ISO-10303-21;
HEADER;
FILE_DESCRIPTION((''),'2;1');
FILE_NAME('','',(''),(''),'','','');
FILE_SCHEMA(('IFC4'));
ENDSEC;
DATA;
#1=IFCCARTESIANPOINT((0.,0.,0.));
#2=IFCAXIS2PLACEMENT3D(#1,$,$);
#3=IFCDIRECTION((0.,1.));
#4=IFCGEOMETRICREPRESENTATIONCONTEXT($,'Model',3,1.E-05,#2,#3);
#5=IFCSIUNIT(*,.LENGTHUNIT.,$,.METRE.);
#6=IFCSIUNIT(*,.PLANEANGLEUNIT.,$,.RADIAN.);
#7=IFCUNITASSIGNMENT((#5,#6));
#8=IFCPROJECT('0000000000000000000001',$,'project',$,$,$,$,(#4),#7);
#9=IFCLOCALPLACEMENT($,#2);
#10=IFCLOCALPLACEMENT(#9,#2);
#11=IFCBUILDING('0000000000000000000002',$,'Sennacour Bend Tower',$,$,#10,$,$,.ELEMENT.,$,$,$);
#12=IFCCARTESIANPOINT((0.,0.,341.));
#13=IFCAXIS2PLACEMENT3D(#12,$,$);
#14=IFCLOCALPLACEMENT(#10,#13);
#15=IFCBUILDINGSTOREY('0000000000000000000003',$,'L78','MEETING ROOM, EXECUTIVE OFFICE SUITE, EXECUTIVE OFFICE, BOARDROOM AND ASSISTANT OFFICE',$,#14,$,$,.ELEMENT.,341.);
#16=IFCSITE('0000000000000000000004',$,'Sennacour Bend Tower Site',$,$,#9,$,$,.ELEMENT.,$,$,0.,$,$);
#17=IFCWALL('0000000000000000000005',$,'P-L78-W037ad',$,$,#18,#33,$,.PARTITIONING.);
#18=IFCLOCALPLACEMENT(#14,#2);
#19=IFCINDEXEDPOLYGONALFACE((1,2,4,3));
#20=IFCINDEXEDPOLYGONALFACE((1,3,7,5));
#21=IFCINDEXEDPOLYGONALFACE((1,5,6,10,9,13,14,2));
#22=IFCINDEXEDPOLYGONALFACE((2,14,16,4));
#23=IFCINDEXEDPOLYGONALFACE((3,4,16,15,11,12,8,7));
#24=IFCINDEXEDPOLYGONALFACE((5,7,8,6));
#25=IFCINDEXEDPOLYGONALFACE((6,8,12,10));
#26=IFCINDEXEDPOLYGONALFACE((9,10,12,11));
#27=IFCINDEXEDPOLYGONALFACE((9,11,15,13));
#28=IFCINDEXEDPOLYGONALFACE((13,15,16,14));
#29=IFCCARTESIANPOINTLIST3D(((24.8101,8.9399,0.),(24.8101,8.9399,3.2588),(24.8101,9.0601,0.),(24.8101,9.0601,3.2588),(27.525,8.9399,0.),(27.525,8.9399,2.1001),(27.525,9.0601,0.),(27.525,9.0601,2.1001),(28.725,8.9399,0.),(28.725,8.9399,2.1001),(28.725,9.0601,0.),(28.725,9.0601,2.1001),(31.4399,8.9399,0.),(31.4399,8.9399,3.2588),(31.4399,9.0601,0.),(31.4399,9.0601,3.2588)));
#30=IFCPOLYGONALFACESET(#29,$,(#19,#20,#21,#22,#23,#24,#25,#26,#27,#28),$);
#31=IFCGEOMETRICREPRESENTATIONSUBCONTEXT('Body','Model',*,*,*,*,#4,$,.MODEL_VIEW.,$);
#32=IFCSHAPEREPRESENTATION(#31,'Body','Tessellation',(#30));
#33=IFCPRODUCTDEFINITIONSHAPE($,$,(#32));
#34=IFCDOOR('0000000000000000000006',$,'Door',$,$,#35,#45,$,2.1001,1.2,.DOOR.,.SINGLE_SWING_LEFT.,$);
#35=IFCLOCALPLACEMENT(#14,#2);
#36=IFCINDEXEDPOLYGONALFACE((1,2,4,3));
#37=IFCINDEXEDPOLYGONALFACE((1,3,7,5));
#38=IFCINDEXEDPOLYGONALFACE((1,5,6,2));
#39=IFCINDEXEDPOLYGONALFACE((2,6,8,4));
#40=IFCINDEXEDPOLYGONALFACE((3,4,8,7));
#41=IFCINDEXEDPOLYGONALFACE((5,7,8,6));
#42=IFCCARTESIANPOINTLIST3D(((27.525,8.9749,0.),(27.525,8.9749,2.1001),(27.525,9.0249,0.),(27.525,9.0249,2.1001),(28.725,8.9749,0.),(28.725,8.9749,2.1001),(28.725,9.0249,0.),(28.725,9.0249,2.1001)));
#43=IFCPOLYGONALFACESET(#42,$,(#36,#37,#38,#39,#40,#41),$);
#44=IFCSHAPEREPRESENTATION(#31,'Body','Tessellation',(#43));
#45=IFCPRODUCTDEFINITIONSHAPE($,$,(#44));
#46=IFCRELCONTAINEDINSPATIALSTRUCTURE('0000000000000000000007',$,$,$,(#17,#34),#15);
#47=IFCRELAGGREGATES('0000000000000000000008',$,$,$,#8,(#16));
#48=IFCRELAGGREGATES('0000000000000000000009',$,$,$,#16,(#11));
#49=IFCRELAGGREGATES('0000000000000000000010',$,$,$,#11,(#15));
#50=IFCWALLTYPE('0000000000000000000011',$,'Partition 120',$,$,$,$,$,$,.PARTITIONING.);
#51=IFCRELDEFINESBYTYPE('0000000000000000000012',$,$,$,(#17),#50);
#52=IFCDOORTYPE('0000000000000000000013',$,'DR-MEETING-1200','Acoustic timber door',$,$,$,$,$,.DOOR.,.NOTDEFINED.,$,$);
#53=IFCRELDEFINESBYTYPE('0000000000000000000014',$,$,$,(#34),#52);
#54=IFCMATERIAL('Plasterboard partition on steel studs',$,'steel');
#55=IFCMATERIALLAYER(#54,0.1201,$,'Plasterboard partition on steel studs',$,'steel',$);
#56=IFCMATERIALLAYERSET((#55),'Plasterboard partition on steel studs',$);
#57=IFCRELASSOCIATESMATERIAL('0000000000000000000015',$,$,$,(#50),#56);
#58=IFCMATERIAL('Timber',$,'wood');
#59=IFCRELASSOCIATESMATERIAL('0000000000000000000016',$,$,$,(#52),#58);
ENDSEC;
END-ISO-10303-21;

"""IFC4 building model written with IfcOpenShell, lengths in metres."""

from ifc_helpers import new_model, si_unit, direction, frame, frame_2d, origin, place, context, subcontext, project, spatial, rectangle, extrude, material, layer, layer_set, type_object, element, fill, save


model = new_model("IFC4")

# Units and contexts
model_context = context("Model", 3, precision=1e-05, world=origin(), true_north=direction((0.0, 1.0)))
body_context = subcontext(model_context, "Body", "Model", "MODEL_VIEW")
ifc_project = project(units=[si_unit("LENGTHUNIT", "METRE"), si_unit("PLANEANGLEUNIT", "RADIAN")], contexts=[model_context])

# Site, building, storey
site_placement = place(None, origin())
site = spatial("IfcSite", under=ifc_project, at=site_placement, Name="Sennacour Bend Tower Site", CompositionType="ELEMENT", RefElevation=0.0)
building_placement = place(site_placement, origin())
building = spatial("IfcBuilding", under=site, at=building_placement, Name="Sennacour Bend Tower", CompositionType="ELEMENT")
storey_placement = place(building_placement, frame((0.0, 0.0, 341.0)))
storey = spatial("IfcBuildingStorey", under=building, at=storey_placement, Name="L78", Description="MEETING ROOM, EXECUTIVE OFFICE SUITE, EXECUTIVE OFFICE, BOARDROOM AND ASSISTANT OFFICE", CompositionType="ELEMENT", Elevation=341.0)

# Shared definitions
ifc_material_1 = material(Name="Plasterboard partition on steel studs", Category="steel")
ifc_layer = layer(ifc_material_1, 0.1201, Name="Plasterboard partition on steel studs", Category="steel")
ifc_layer_set = layer_set([ifc_layer], Name="Plasterboard partition on steel studs")
wall_type = type_object("IfcWallType", Name="Partition 120", PredefinedType="PARTITIONING", material=ifc_layer_set)

# Wall, opening, door
ifc_material_2 = material(Name="Timber", Category="wood")
wall_1_placement = place(storey_placement, frame((24.8101, 9.0, 0.0), z_axis=(0.0, 0.0, 1.0), x_axis=(1.0, 0.0, 0.0)))
wall_1 = element("IfcWall", 1, at=wall_1_placement, inside=storey, type_object=wall_type, Name="P-L78-W037ad", PredefinedType="PARTITIONING", context=body_context, shape_type="SweptSolid", body=[
    extrude(rectangle(XDim=6.6299, YDim=0.1201, at=frame_2d((3.3149, 0.0))), origin(), (0.0, 0.0, 1.0), 3.2588),
])
opening_1_placement = place(wall_1_placement, frame((2.7148, 0.0, 0.0)))
opening_1 = element("IfcOpeningElement", 2, at=opening_1_placement, cuts=wall_1, PredefinedType="OPENING", context=body_context, shape_type="SweptSolid", body=[
    extrude(rectangle(XDim=1.2, YDim=2.1001, at=frame_2d((0.6001, 1.05))), frame((0.0, 0.0701, 0.0), z_axis=(0.0, -1.0, 0.0), x_axis=(1.0, 0.0, 0.0)), (0.0, 0.0, 1.0), 0.1401),
])
door_type_1 = type_object("IfcDoorType", Name="DR-MEETING-1200", Description="Acoustic timber door", OperationType="NOTDEFINED", PredefinedType="DOOR", material=ifc_material_2)
door_1_placement = place(opening_1_placement, origin())
door_1 = element("IfcDoor", 3, at=door_1_placement, inside=storey, type_object=door_type_1, Name="Door", OperationType="SINGLE_SWING_LEFT", OverallHeight=2.1001, OverallWidth=1.2, PredefinedType="DOOR", context=body_context, shape_type="SweptSolid", body=[
    extrude(rectangle(XDim=1.2, YDim=2.1001, at=frame_2d((0.6001, 1.05))), frame((0.0, 0.0249, 0.0), z_axis=(0.0, -1.0, 0.0), x_axis=(1.0, 0.0, 0.0)), (0.0, 0.0, 1.0), 0.05),
])
fill(opening_1, door_1)

save(model, "model.ifc")
